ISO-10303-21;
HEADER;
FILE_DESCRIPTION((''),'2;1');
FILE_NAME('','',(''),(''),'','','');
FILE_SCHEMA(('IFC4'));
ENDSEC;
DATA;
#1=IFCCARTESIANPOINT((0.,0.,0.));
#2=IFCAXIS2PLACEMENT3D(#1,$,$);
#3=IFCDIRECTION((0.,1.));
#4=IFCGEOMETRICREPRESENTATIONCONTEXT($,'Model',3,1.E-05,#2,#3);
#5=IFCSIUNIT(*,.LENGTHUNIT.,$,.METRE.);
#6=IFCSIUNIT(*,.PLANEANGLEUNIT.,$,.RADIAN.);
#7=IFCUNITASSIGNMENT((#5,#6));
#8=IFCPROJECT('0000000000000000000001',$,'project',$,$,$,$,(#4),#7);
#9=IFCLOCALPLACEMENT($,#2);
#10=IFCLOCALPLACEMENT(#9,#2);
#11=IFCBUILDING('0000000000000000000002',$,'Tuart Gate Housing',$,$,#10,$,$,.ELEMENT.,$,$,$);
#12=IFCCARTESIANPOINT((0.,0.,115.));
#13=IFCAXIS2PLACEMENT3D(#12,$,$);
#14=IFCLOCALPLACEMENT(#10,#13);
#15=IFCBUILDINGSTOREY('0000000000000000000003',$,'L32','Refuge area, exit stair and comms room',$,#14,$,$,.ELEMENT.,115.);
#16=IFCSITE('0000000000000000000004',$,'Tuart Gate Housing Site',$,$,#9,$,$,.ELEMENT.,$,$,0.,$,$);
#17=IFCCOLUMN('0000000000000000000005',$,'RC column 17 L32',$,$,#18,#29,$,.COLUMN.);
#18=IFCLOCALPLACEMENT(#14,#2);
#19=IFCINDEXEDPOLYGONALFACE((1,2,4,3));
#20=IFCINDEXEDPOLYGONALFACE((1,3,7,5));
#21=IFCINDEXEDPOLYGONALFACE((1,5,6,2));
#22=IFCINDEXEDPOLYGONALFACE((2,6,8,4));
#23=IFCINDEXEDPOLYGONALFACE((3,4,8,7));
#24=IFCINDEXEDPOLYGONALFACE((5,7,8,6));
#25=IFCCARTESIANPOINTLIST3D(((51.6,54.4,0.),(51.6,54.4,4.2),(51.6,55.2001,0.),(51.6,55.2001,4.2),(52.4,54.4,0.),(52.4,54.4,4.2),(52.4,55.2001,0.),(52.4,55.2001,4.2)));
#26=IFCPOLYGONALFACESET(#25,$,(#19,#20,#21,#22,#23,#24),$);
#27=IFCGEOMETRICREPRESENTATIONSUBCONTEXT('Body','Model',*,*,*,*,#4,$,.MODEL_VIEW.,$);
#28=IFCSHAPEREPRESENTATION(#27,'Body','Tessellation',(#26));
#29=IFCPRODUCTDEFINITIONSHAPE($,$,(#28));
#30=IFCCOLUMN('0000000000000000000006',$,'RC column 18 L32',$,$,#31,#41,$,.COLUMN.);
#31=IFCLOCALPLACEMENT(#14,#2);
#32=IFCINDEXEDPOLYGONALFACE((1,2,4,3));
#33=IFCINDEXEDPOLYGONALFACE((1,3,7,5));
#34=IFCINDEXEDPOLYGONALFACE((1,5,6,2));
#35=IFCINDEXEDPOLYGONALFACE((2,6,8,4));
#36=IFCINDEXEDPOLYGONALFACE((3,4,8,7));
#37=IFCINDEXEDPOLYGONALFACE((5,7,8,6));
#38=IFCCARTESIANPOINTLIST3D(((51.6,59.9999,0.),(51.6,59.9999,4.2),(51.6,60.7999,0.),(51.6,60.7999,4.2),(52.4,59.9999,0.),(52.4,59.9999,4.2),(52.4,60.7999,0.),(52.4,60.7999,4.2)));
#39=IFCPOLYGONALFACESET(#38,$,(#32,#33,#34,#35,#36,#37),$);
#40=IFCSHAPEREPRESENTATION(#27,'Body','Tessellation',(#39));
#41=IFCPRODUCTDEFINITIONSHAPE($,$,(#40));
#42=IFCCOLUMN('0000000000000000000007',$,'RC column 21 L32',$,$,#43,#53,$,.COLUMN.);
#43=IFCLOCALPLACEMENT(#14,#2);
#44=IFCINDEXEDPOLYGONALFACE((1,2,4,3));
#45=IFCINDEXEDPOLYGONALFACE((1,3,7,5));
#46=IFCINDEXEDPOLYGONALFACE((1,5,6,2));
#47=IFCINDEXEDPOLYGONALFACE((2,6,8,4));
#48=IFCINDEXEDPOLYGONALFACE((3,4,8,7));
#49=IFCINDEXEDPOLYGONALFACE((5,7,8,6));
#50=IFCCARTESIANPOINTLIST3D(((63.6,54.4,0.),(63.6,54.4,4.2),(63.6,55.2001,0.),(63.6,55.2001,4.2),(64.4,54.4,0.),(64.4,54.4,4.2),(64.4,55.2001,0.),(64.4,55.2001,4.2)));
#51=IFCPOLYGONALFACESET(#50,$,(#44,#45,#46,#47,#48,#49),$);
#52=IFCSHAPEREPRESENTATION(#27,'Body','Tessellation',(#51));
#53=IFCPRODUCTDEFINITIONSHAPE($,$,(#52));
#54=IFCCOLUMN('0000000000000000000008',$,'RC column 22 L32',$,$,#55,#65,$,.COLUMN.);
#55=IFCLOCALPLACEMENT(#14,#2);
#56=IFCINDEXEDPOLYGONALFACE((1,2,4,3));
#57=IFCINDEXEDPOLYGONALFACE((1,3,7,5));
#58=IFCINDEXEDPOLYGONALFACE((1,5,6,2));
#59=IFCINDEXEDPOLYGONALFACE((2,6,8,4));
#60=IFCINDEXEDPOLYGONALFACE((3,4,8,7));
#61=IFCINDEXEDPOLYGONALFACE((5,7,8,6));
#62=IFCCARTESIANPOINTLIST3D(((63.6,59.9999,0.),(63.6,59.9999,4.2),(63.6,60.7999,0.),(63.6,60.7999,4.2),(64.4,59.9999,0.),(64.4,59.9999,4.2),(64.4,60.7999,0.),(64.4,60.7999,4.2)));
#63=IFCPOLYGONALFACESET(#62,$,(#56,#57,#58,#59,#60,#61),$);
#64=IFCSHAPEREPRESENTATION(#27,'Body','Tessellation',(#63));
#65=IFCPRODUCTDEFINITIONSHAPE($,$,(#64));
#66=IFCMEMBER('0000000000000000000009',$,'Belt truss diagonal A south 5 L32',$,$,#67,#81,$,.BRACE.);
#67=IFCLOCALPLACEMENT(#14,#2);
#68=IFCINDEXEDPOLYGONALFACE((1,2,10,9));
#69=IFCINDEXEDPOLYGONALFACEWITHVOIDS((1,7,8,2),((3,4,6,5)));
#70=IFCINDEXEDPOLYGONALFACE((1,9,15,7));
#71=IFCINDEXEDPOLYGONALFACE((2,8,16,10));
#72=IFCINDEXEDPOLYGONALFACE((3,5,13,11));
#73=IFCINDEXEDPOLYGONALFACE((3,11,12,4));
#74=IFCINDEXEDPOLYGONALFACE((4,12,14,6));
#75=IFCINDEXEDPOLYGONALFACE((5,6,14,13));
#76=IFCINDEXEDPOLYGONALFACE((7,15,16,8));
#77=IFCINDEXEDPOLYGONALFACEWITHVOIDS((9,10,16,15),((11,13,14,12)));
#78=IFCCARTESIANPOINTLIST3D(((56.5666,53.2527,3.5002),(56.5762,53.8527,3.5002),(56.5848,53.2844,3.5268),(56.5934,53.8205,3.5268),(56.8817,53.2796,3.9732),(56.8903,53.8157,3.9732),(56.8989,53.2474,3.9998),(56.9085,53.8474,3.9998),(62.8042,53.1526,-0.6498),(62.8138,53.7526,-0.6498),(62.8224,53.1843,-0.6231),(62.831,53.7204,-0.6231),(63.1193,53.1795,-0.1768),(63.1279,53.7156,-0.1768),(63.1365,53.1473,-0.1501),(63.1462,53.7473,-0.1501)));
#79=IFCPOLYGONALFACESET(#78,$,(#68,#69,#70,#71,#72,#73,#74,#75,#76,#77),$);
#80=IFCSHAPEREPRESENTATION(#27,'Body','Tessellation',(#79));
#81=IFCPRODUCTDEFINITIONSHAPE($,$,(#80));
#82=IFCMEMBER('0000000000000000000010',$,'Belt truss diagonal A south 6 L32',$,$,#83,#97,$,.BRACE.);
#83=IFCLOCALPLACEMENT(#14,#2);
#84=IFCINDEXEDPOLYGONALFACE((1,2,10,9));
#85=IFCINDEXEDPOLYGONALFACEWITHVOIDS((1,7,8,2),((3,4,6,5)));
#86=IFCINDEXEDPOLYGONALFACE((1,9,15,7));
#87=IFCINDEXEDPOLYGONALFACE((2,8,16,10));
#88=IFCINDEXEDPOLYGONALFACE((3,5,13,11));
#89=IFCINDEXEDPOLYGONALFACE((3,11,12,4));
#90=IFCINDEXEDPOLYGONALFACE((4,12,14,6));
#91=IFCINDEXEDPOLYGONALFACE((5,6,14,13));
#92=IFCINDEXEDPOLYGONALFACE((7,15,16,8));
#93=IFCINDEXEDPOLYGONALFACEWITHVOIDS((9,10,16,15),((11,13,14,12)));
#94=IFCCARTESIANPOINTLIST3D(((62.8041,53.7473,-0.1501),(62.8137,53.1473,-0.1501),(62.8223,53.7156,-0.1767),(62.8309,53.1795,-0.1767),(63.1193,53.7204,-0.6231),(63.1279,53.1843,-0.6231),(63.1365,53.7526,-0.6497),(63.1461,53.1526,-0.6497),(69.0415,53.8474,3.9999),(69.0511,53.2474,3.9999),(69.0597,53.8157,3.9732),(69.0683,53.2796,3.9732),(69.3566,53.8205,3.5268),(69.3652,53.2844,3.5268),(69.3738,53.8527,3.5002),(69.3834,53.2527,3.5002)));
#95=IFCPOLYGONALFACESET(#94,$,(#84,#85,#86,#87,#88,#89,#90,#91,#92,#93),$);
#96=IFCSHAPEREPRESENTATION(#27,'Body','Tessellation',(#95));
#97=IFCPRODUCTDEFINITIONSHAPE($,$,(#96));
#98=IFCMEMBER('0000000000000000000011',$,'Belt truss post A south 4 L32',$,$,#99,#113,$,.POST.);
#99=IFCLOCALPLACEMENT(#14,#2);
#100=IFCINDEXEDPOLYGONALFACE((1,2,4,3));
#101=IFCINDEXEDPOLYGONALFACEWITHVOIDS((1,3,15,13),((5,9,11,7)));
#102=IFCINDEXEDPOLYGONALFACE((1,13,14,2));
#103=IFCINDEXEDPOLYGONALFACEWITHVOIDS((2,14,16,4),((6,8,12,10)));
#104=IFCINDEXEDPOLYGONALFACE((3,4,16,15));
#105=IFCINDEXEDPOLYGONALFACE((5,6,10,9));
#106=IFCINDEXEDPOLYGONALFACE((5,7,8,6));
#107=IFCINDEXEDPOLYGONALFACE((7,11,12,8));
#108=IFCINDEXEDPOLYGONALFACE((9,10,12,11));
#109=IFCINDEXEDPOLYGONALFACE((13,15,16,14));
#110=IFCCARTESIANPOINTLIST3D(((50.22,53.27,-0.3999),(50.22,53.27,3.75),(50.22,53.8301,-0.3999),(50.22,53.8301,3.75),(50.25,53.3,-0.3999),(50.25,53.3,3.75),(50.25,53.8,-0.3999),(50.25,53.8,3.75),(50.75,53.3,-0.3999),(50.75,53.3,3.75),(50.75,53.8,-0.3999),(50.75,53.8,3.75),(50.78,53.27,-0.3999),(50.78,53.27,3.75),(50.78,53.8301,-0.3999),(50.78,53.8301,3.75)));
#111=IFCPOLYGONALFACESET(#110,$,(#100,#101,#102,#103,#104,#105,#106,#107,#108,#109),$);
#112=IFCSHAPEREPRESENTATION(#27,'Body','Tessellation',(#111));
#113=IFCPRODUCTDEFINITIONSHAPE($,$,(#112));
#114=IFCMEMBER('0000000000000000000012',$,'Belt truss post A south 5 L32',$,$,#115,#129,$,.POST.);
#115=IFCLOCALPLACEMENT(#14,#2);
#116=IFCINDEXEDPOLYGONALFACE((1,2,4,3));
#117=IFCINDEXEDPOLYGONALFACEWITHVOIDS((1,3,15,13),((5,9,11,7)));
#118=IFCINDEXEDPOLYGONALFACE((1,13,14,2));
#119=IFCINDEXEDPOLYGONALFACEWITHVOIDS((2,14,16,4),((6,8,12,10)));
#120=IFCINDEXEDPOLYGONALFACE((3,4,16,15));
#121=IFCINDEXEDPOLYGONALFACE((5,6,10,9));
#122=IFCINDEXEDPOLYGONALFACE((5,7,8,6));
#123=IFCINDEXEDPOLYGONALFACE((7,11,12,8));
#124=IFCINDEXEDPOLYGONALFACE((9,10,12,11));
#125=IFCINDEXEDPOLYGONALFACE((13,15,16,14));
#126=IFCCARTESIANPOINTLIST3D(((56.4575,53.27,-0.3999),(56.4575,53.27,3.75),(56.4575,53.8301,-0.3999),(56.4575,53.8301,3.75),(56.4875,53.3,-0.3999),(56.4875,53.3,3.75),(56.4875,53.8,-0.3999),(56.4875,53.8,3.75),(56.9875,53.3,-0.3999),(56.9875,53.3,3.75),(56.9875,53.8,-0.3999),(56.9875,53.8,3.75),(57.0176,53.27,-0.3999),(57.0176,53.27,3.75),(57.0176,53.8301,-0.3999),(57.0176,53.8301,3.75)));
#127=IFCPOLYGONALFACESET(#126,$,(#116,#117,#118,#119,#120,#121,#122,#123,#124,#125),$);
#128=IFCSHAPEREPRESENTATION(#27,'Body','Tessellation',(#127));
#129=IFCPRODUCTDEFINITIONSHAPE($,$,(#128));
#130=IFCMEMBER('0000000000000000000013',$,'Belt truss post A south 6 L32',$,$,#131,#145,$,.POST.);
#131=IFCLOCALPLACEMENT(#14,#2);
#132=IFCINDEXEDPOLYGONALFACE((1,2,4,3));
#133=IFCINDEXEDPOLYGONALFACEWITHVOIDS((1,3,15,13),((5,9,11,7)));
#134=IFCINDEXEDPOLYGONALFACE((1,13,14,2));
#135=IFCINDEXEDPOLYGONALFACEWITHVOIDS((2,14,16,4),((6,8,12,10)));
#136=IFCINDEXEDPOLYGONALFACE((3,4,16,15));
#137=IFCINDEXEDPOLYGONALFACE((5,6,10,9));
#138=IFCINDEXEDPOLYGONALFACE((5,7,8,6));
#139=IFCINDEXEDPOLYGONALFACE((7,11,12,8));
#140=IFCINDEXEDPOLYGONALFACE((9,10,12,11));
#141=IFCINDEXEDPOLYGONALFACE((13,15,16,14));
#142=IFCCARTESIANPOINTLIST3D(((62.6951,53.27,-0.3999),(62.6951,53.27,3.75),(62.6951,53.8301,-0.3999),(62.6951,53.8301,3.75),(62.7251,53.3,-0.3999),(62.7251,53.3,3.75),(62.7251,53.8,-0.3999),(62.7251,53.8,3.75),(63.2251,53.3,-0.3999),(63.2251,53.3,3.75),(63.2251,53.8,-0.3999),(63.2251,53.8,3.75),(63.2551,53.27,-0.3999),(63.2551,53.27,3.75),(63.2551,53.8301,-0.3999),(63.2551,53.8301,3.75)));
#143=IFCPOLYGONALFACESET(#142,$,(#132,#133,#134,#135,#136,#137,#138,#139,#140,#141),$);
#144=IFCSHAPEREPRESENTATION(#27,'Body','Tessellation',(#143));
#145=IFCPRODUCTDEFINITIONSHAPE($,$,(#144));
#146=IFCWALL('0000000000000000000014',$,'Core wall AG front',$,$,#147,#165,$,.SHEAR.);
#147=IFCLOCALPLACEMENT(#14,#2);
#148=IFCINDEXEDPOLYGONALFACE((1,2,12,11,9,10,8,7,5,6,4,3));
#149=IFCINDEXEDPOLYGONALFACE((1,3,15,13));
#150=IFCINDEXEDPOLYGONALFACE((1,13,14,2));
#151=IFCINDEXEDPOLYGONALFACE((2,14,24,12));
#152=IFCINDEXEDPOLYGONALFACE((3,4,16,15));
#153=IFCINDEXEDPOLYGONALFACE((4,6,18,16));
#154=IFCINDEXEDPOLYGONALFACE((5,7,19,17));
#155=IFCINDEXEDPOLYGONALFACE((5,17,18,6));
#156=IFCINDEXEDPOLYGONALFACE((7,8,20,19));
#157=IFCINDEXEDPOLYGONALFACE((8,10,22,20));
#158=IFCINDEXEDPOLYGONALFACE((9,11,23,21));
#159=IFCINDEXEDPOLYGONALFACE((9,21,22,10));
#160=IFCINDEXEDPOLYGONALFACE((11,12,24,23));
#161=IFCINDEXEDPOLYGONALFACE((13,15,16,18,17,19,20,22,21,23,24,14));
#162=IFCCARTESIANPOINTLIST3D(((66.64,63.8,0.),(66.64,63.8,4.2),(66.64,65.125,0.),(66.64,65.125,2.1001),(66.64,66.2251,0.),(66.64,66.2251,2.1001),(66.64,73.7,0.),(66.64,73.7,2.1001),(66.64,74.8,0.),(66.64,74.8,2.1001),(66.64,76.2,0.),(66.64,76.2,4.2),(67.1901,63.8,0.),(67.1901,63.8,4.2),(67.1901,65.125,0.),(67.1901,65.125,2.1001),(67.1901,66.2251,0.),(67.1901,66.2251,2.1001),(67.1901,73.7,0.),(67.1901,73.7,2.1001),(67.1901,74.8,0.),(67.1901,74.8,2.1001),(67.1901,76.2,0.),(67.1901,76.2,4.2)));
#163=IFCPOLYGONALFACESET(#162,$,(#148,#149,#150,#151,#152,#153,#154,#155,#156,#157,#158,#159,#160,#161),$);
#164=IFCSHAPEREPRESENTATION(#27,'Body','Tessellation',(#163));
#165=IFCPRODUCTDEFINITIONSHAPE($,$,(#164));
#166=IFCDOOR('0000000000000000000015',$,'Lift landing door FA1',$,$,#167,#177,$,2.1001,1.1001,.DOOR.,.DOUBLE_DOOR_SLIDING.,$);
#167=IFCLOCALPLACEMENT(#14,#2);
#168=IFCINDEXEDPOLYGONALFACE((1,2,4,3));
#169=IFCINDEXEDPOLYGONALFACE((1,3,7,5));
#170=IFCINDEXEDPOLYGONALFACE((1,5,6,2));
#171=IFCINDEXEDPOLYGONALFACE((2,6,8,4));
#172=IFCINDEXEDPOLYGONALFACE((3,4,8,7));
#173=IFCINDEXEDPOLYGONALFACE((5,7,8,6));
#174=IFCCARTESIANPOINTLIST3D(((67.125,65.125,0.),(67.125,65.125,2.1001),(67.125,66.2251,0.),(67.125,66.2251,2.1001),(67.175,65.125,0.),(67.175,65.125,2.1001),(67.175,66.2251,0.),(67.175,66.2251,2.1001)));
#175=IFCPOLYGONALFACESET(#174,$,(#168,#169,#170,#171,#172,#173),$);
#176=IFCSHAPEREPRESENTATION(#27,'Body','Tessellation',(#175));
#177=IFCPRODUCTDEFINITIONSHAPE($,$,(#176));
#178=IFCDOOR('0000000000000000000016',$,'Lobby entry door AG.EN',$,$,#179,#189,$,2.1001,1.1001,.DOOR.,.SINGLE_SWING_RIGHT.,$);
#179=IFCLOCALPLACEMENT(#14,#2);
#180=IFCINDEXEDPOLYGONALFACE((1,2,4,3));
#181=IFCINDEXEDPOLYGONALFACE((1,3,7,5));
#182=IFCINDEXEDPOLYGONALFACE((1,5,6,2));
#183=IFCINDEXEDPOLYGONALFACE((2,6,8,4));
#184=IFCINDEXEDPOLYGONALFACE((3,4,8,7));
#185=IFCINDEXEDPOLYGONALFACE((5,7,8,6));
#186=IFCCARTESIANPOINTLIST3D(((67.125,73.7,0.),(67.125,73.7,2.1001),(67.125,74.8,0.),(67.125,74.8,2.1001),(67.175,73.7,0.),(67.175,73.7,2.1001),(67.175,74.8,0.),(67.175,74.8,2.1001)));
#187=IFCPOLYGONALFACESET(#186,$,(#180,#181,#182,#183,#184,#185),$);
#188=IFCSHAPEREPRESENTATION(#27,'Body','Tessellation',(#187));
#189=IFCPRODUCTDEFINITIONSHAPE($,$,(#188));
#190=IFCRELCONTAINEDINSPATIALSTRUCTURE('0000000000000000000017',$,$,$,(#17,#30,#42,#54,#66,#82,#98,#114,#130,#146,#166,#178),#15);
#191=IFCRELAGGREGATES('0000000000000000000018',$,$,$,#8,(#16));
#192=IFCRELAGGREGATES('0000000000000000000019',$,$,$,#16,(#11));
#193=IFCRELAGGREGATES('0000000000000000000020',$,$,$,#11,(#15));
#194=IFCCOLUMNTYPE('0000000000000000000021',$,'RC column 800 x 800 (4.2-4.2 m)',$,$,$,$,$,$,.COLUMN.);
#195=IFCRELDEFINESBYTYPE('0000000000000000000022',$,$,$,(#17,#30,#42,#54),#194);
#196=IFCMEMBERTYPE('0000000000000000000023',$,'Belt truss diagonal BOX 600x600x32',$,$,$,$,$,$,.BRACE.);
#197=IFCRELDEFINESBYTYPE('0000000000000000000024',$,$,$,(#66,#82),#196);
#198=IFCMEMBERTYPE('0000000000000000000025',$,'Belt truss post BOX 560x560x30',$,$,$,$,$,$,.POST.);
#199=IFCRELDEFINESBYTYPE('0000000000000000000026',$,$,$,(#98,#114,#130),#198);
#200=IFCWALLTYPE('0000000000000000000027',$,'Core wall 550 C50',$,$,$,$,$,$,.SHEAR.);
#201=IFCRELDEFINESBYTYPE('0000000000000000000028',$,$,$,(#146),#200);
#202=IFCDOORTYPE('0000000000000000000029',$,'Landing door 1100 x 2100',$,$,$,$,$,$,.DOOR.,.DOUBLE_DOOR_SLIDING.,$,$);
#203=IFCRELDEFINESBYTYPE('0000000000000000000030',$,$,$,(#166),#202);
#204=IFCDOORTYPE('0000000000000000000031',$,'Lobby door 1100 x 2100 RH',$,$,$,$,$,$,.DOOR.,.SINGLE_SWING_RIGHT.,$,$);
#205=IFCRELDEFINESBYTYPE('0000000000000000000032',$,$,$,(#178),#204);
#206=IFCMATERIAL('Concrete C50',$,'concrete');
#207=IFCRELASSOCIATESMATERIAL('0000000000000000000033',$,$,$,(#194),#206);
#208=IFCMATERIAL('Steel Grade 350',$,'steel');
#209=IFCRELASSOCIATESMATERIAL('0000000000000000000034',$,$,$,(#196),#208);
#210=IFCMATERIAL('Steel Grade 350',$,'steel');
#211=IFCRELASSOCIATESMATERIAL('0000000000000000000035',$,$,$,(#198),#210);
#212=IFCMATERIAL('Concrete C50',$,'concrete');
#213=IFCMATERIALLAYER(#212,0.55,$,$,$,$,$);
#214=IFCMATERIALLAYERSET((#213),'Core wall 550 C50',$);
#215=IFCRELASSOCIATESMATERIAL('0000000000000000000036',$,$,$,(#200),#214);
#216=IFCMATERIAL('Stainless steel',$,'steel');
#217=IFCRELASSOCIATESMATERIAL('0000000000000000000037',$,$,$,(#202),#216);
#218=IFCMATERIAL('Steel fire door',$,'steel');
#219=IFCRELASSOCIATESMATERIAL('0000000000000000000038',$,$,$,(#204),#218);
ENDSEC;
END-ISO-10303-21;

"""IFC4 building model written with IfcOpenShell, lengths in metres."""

from ifc_helpers import new_model, si_unit, direction, frame, frame_2d, origin, origin_2d, place, context, subcontext, project, spatial, rectangle, hollow_rectangle, extrude, material, layer, layer_set, material_profile, profile_set, type_object, element, fill, save


model = new_model("IFC4")

# Units and contexts
model_context = context("Model", 3, precision=1e-05, world=origin(), true_north=direction((0.0, 1.0)))
body_context = subcontext(model_context, "Body", "Model", "MODEL_VIEW")
ifc_project = project(units=[si_unit("LENGTHUNIT", "METRE"), si_unit("PLANEANGLEUNIT", "RADIAN")], contexts=[model_context])

# Site, building, storey
site_placement = place(None, origin())
site = spatial("IfcSite", under=ifc_project, at=site_placement, Name="Tuart Gate Housing Site", CompositionType="ELEMENT", RefElevation=0.0)
building_placement = place(site_placement, origin())
building = spatial("IfcBuilding", under=site, at=building_placement, Name="Tuart Gate Housing", CompositionType="ELEMENT")
storey_placement = place(building_placement, frame((0.0, 0.0, 115.0)))
storey = spatial("IfcBuildingStorey", under=building, at=storey_placement, Name="L32", Description="Refuge area, exit stair and comms room", CompositionType="ELEMENT", Elevation=115.0)

# Columns
ifc_material_1 = material(Name="Concrete C50", Category="concrete")
ifc_material_profile_1 = material_profile(ifc_material_1, rectangle(XDim=0.8, YDim=0.8, at=origin_2d()), Name="RC column 800 x 800 (4.2-4.2 m)")
ifc_profile_set_1 = profile_set([ifc_material_profile_1], Name="Concrete C50")
column_type = type_object("IfcColumnType", Name="RC column 800 x 800 (4.2-4.2 m)", PredefinedType="COLUMN", material=ifc_profile_set_1)
for number, where, z_axis, x_axis, name in (
    (1, (52.0, 54.8, 0.0), (0.0, 0.0, 1.0), (1.0, 0.0, 0.0), "RC column 17 L32"),
    (2, (52.0, 60.3999, 0.0), (0.0, 0.0, 1.0), (1.0, 0.0, 0.0), "RC column 18 L32"),
    (3, (64.0, 54.8, 0.0), (0.0, 0.0, 1.0), (1.0, 0.0, 0.0), "RC column 21 L32"),
    (4, (64.0, 60.3999, 0.0), (0.0, 0.0, 1.0), (1.0, 0.0, 0.0), "RC column 22 L32"),
):
    element("IfcColumn", number, at=place(storey_placement, frame(where, z_axis=z_axis, x_axis=x_axis)), inside=storey, type_object=column_type, Name=name, PredefinedType="COLUMN", context=body_context, shape_type="SweptSolid", body=[
        extrude(rectangle(XDim=0.8, YDim=0.8, at=origin_2d()), origin(), (0.0, 0.0, 1.0), 4.2),
    ])

# Members
ifc_material_2 = material(Name="Steel Grade 350", Category="steel")
ifc_material_profile_2 = material_profile(ifc_material_2, hollow_rectangle(XDim=0.6001, YDim=0.6001, WallThickness=0.032, at=origin_2d()), Name="BOX 600x600x32")
ifc_profile_set_2 = profile_set([ifc_material_profile_2], Name="Steel Grade 350")
member_type_1 = type_object("IfcMemberType", Name="Belt truss diagonal BOX 600x600x32", PredefinedType="BRACE", material=ifc_profile_set_2)
member_1_placement = place(storey_placement, frame((56.7375, 53.55, 3.75), z_axis=(0.832497, -0.01336, -0.553868), x_axis=(0.016046, 0.999871, 0.0)))
element("IfcMember", 5, at=member_1_placement, inside=storey, type_object=member_type_1, Name="Belt truss diagonal A south 5 L32", PredefinedType="BRACE", context=body_context, shape_type="SweptSolid", body=[
    extrude(hollow_rectangle(XDim=0.6001, YDim=0.6001, WallThickness=0.032, at=origin_2d()), origin(), (0.0, 0.0, 1.0), 7.4927),
])
member_2_placement = place(storey_placement, frame((62.9751, 53.45, -0.3999), z_axis=(0.832487, 0.01336, 0.553883), x_axis=(-0.016046, 0.999871, 0.0)))
element("IfcMember", 6, at=member_2_placement, inside=storey, type_object=member_type_1, Name="Belt truss diagonal A south 6 L32", PredefinedType="BRACE", context=body_context, shape_type="SweptSolid", body=[
    extrude(hollow_rectangle(XDim=0.6001, YDim=0.6001, WallThickness=0.032, at=origin_2d()), origin(), (0.0, 0.0, 1.0), 7.4924),
])
ifc_material_3 = material(Name="Steel Grade 350", Category="steel")
ifc_material_profile_3 = material_profile(ifc_material_3, hollow_rectangle(XDim=0.5601, YDim=0.5601, WallThickness=0.03, at=origin_2d()), Name="BOX 560x560x30")
ifc_profile_set_3 = profile_set([ifc_material_profile_3], Name="Steel Grade 350")
member_type_2 = type_object("IfcMemberType", Name="Belt truss post BOX 560x560x30", PredefinedType="POST", material=ifc_profile_set_3)
for number, where, z_axis, x_axis, name in (
    (7, (50.5, 53.55, -0.3999), (0.0, 0.0, 1.0), (1.0, 0.0, 0.0), "Belt truss post A south 4 L32"),
    (8, (56.7375, 53.55, -0.3999), (0.0, 0.0, 1.0), (1.0, 0.0, 0.0), "Belt truss post A south 5 L32"),
    (9, (62.9751, 53.55, -0.3999), (0.0, 0.0, 1.0), (1.0, 0.0, 0.0), "Belt truss post A south 6 L32"),
):
    element("IfcMember", number, at=place(storey_placement, frame(where, z_axis=z_axis, x_axis=x_axis)), inside=storey, type_object=member_type_2, Name=name, PredefinedType="POST", context=body_context, shape_type="SweptSolid", body=[
        extrude(hollow_rectangle(XDim=0.5601, YDim=0.5601, WallThickness=0.03, at=origin_2d()), origin(), (0.0, 0.0, 1.0), 4.1499),
    ])

# Wall, openings, doors
ifc_material_4 = material(Name="Concrete C50", Category="concrete")
ifc_layer_1 = layer(ifc_material_4, 0.55)
ifc_layer_set_1 = layer_set([ifc_layer_1], Name="Core wall 550 C50")
wall_type_1 = type_object("IfcWallType", Name="Core wall 550 C50", PredefinedType="SHEAR", material=ifc_layer_set_1)
wall_1_placement = place(storey_placement, frame((66.915, 63.8, 0.0), z_axis=(0.0, 0.0, 1.0), x_axis=(0.0, 1.0, 0.0)))
wall_1 = element("IfcWall", 10, at=wall_1_placement, inside=storey, type_object=wall_type_1, Name="Core wall AG front", PredefinedType="SHEAR", context=body_context, shape_type="SweptSolid", body=[
    extrude(rectangle(XDim=12.3999, YDim=0.55, at=frame_2d((6.2, 0.0))), origin(), (0.0, 0.0, 1.0), 4.2),
])
opening_1_placement = place(wall_1_placement, frame((1.325, 0.0, 0.0)))
opening_1 = element("IfcOpeningElement", 11, at=opening_1_placement, cuts=wall_1, PredefinedType="OPENING", context=body_context, shape_type="SweptSolid", body=[
    extrude(rectangle(XDim=1.1001, YDim=2.1001, at=frame_2d((0.55, 1.05))), frame((0.0, 0.2849, 0.0), z_axis=(0.0, -1.0, 0.0), x_axis=(1.0, 0.0, 0.0)), (0.0, 0.0, 1.0), 0.5701),
])
opening_2_placement = place(wall_1_placement, frame((9.8999, 0.0, 0.0)))
opening_2 = element("IfcOpeningElement", 12, at=opening_2_placement, cuts=wall_1, PredefinedType="OPENING", context=body_context, shape_type="SweptSolid", body=[
    extrude(rectangle(XDim=1.1001, YDim=2.1001, at=frame_2d((0.55, 1.05))), frame((0.0, 0.2849, 0.0), z_axis=(0.0, -1.0, 0.0), x_axis=(1.0, 0.0, 0.0)), (0.0, 0.0, 1.0), 0.5701),
])
ifc_material_5 = material(Name="Stainless steel", Category="steel")
door_type_1 = type_object("IfcDoorType", Name="Landing door 1100 x 2100", OperationType="DOUBLE_DOOR_SLIDING", PredefinedType="DOOR", material=ifc_material_5)
door_1_placement = place(opening_1_placement, origin())
door_1 = element("IfcDoor", 13, at=door_1_placement, inside=storey, type_object=door_type_1, Name="Lift landing door FA1", OperationType="DOUBLE_DOOR_SLIDING", OverallHeight=2.1001, OverallWidth=1.1001, PredefinedType="DOOR", context=body_context, shape_type="SweptSolid", body=[
    extrude(rectangle(XDim=1.1001, YDim=2.1001, at=frame_2d((0.55, 1.05))), frame((0.0, -0.21, 0.0), z_axis=(0.0, -1.0, 0.0), x_axis=(1.0, 0.0, 0.0)), (0.0, 0.0, 1.0), 0.05),
])
fill(opening_1, door_1)
ifc_material_6 = material(Name="Steel fire door", Category="steel")
door_type_2 = type_object("IfcDoorType", Name="Lobby door 1100 x 2100 RH", OperationType="SINGLE_SWING_RIGHT", PredefinedType="DOOR", material=ifc_material_6)
door_2_placement = place(opening_2_placement, frame((1.1001, 0.0, 0.0), z_axis=(0.0, 0.0, 1.0), x_axis=(-1.0, 0.0, 0.0)))
door_2 = element("IfcDoor", 14, at=door_2_placement, inside=storey, type_object=door_type_2, Name="Lobby entry door AG.EN", OperationType="SINGLE_SWING_RIGHT", OverallHeight=2.1001, OverallWidth=1.1001, PredefinedType="DOOR", context=body_context, shape_type="SweptSolid", body=[
    extrude(rectangle(XDim=1.1001, YDim=2.1001, at=frame_2d((0.55, 1.05))), frame((0.0, 0.26, 0.0), z_axis=(0.0, -1.0, 0.0), x_axis=(1.0, 0.0, 0.0)), (0.0, 0.0, 1.0), 0.05),
])
fill(opening_2, door_2)

save(model, "model.ifc")
